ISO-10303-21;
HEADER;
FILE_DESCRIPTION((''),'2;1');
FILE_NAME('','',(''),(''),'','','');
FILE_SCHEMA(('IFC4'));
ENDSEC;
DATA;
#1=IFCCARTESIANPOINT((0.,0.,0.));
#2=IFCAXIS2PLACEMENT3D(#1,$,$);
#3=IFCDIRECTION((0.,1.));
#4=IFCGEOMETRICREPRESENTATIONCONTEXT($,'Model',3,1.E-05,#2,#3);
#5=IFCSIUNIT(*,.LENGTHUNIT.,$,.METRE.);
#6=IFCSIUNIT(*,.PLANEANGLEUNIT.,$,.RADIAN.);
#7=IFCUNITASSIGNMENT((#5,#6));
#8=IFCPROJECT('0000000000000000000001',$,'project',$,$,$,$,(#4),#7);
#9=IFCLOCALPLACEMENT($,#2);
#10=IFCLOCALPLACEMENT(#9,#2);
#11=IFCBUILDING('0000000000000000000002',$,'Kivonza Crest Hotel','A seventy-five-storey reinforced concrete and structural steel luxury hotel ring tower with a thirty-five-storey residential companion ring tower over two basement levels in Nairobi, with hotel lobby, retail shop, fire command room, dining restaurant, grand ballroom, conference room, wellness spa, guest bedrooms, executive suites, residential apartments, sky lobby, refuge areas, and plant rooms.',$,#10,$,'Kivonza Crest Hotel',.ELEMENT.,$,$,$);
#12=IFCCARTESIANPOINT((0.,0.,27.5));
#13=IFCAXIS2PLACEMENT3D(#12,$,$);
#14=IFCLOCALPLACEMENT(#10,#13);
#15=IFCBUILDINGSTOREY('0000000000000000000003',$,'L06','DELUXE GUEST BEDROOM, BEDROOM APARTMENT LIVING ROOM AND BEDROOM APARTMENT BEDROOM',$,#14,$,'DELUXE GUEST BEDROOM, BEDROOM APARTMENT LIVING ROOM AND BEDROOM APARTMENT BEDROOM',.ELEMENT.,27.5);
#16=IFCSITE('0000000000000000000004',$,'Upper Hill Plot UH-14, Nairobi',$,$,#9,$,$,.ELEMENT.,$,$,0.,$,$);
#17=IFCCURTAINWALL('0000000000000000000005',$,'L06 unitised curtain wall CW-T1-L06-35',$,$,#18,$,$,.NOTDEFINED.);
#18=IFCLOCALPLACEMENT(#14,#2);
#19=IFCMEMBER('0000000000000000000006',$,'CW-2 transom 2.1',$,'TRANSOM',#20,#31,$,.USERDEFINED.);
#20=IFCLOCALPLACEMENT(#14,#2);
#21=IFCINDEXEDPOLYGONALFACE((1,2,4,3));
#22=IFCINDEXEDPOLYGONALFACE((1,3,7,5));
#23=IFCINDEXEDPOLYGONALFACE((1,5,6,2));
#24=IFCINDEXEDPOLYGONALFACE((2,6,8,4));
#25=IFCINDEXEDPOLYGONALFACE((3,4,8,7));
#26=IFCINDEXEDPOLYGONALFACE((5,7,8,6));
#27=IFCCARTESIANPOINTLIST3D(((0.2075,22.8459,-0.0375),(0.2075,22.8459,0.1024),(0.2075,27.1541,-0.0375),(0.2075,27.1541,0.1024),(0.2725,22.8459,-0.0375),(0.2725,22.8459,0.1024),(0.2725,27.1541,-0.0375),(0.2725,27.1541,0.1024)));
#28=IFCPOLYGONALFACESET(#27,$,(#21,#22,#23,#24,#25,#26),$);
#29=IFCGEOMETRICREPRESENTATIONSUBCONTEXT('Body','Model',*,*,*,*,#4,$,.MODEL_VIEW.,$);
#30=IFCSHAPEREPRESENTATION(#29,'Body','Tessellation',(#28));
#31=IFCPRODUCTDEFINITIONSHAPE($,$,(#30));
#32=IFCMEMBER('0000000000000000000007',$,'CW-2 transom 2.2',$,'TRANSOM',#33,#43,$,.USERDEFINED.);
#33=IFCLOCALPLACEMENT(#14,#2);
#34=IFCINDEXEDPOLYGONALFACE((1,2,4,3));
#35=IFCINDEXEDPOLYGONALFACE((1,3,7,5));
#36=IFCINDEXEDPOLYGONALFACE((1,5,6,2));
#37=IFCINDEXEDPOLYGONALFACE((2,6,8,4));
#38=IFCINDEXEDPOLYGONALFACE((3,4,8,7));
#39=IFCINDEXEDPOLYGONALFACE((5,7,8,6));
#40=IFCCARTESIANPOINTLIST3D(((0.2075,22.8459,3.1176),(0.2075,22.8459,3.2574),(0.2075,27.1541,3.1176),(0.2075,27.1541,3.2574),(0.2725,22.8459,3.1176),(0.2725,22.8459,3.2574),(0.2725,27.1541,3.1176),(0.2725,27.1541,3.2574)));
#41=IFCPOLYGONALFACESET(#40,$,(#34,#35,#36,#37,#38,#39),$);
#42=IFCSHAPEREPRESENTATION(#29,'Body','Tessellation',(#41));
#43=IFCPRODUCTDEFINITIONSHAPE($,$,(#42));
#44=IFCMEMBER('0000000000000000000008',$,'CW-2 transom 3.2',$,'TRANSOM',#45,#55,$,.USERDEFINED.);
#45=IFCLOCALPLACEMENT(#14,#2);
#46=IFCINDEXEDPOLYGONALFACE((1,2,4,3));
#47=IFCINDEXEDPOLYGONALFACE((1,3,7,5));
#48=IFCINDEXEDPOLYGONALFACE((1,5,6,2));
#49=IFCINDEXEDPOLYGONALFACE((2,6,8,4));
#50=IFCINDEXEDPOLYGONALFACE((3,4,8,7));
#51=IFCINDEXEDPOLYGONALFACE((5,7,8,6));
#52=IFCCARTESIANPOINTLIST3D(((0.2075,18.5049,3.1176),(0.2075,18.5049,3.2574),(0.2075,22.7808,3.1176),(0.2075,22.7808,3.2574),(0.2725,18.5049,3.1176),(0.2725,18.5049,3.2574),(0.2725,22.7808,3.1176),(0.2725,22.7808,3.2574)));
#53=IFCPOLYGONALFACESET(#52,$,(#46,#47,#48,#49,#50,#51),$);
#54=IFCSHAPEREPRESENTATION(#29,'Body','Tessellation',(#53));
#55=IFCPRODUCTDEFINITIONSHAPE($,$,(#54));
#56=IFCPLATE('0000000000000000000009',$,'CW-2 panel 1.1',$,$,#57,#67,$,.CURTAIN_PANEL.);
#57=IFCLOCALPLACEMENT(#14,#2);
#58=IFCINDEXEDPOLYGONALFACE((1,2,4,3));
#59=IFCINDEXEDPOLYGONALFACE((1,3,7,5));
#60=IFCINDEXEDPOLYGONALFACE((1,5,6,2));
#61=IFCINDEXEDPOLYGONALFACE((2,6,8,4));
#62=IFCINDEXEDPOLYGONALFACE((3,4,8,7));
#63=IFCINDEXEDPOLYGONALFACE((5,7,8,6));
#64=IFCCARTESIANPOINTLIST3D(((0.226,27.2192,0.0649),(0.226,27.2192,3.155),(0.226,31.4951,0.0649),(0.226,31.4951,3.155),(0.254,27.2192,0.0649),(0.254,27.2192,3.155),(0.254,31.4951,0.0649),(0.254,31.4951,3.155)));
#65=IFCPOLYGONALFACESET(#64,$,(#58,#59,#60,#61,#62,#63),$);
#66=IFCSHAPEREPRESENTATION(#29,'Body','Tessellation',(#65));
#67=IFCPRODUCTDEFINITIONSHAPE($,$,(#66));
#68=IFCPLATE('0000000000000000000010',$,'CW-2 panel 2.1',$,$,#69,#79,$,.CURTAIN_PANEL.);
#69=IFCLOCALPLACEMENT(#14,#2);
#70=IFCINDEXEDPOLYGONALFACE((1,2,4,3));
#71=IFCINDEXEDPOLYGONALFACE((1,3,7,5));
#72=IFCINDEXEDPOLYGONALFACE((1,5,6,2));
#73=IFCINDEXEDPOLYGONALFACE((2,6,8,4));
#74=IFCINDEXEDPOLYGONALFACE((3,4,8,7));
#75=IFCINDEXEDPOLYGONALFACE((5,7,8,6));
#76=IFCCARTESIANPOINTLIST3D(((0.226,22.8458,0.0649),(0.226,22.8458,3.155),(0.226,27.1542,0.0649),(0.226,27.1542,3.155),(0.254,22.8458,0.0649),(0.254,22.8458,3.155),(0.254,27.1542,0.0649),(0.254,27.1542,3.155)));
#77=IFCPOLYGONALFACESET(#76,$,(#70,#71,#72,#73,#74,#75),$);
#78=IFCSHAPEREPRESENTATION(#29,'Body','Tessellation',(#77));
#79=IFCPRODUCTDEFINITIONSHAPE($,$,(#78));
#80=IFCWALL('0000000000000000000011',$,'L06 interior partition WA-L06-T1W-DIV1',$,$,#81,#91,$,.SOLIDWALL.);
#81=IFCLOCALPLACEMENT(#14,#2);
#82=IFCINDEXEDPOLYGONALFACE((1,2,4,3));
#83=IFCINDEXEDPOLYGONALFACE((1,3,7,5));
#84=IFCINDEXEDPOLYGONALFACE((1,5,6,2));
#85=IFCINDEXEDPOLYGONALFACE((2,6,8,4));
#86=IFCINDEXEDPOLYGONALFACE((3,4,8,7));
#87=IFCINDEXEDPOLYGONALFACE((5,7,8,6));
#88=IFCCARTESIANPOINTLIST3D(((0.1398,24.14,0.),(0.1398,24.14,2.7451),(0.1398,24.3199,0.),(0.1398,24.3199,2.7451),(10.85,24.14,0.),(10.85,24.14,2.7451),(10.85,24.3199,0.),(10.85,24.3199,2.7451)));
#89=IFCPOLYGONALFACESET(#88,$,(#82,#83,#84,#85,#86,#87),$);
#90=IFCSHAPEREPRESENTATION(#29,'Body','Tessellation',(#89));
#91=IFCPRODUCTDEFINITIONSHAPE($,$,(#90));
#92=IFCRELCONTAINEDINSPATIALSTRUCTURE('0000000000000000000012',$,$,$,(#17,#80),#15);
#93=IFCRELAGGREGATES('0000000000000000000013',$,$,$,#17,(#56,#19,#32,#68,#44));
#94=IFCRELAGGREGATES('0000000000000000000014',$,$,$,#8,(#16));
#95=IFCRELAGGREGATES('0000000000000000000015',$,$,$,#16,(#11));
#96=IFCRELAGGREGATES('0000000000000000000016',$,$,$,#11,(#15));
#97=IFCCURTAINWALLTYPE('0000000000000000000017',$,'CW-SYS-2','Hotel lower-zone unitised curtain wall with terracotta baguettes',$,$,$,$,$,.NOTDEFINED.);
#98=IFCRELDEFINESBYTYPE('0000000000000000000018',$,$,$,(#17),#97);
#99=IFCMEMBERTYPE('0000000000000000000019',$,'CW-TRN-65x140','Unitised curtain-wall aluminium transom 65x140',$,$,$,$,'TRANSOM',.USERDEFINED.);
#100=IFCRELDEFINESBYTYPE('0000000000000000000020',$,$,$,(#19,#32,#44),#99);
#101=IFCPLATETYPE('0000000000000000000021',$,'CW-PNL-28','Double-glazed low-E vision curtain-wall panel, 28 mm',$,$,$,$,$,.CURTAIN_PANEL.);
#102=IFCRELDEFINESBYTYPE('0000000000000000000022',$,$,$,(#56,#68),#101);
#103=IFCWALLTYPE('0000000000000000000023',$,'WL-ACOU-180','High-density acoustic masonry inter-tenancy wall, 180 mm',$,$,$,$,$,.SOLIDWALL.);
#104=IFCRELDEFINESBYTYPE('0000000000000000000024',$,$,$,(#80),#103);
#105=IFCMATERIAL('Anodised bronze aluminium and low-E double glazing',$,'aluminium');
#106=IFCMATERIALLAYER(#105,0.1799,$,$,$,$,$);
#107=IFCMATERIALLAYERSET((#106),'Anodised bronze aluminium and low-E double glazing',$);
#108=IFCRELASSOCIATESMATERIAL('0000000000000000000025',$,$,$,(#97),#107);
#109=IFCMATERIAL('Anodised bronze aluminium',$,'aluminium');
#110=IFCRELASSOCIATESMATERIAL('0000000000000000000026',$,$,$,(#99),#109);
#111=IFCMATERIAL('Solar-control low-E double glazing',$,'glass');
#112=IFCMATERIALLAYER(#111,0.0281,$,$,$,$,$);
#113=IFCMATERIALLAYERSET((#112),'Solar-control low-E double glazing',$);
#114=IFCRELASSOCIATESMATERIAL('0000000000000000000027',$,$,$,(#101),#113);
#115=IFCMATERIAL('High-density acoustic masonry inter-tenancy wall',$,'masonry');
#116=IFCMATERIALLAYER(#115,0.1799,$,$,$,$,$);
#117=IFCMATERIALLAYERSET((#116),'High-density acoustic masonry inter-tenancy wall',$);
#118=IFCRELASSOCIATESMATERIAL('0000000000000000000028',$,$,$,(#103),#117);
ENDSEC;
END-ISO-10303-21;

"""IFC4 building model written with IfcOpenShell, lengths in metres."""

from ifc_helpers import new_model, si_unit, direction, frame, frame_2d, origin, origin_2d, place, context, subcontext, project, spatial, rectangle, extrude, material, layer, layer_set, material_profile, profile_set, type_object, element, aggregate, save


model = new_model("IFC4")

# Units and contexts
model_context = context("Model", 3, precision=1e-05, world=origin(), true_north=direction((0.0, 1.0)))
body_context = subcontext(model_context, "Body", "Model", "MODEL_VIEW")
ifc_project = project(units=[si_unit("LENGTHUNIT", "METRE"), si_unit("PLANEANGLEUNIT", "RADIAN")], contexts=[model_context])

# Site, building, storey
site_placement = place(None, origin())
site = spatial("IfcSite", under=ifc_project, at=site_placement, Name="Upper Hill Plot UH-14, Nairobi", CompositionType="ELEMENT", RefElevation=0.0)
building_placement = place(site_placement, origin())
building = spatial("IfcBuilding", under=site, at=building_placement, Name="Kivonza Crest Hotel", Description="A seventy-five-storey reinforced concrete and structural steel luxury hotel ring tower with a thirty-five-storey residential companion ring tower over two basement levels in Nairobi, with hotel lobby, retail shop, fire command room, dining restaurant, grand ballroom, conference room, wellness spa, guest bedrooms, executive suites, residential apartments, sky lobby, refuge areas, and plant rooms.", LongName="Kivonza Crest Hotel", CompositionType="ELEMENT")
storey_placement = place(building_placement, frame((0.0, 0.0, 27.5)))
storey = spatial("IfcBuildingStorey", under=building, at=storey_placement, Name="L06", Description="DELUXE GUEST BEDROOM, BEDROOM APARTMENT LIVING ROOM AND BEDROOM APARTMENT BEDROOM", LongName="DELUXE GUEST BEDROOM, BEDROOM APARTMENT LIVING ROOM AND BEDROOM APARTMENT BEDROOM", CompositionType="ELEMENT", Elevation=27.5)

# Curtain wall, members, plates
ifc_material_1 = material(Name="Anodised bronze aluminium and low-E double glazing", Category="aluminium")
ifc_layer_1 = layer(ifc_material_1, 0.1799)
ifc_layer_set_1 = layer_set([ifc_layer_1], Name="Anodised bronze aluminium and low-E double glazing")
curtain_wall_type = type_object("IfcCurtainWallType", Name="CW-SYS-2", Description="Hotel lower-zone unitised curtain wall with terracotta baguettes", PredefinedType="NOTDEFINED", material=ifc_layer_set_1)
curtain_wall_placement = place(storey_placement, origin())
curtain_wall = element("IfcCurtainWall", 1, at=curtain_wall_placement, inside=storey, type_object=curtain_wall_type, Name="L06 unitised curtain wall CW-T1-L06-35", PredefinedType="NOTDEFINED")
ifc_material_2 = material(Name="Anodised bronze aluminium", Category="aluminium")
ifc_material_profile_1 = material_profile(ifc_material_2, rectangle(XDim=0.0649, YDim=0.1399, at=origin_2d()), Name="CW-T 65x140")
ifc_profile_set_1 = profile_set([ifc_material_profile_1], Name="Anodised bronze aluminium")
member_type_1 = type_object("IfcMemberType", Name="CW-TRN-65x140", Description="Unitised curtain-wall aluminium transom 65x140", ElementType="TRANSOM", PredefinedType="USERDEFINED", material=ifc_profile_set_1)
member_1_placement = place(storey_placement, frame((0.24, 27.1541, 0.0325), z_axis=(0.0, -1.0, 0.0), x_axis=(1.0, 0.0, 0.0)))
member_1 = element("IfcMember", 2, at=member_1_placement, type_object=member_type_1, Name="CW-2 transom 2.1", ObjectType="TRANSOM", PredefinedType="USERDEFINED", context=body_context, shape_type="SweptSolid", body=[
    extrude(rectangle(XDim=0.0649, YDim=0.1399, at=origin_2d()), origin(), (0.0, 0.0, 1.0), 4.3081),
])
member_2_placement = place(storey_placement, frame((0.24, 27.1541, 3.1875), z_axis=(0.0, -1.0, 0.0), x_axis=(1.0, 0.0, 0.0)))
member_2 = element("IfcMember", 3, at=member_2_placement, type_object=member_type_1, Name="CW-2 transom 2.2", ObjectType="TRANSOM", PredefinedType="USERDEFINED", context=body_context, shape_type="SweptSolid", body=[
    extrude(rectangle(XDim=0.0649, YDim=0.1399, at=origin_2d()), origin(), (0.0, 0.0, 1.0), 4.3081),
])
member_3_placement = place(storey_placement, frame((0.24, 22.7808, 3.1875), z_axis=(0.0, -1.0, 0.0), x_axis=(1.0, 0.0, 0.0)))
member_3 = element("IfcMember", 4, at=member_3_placement, type_object=member_type_1, Name="CW-2 transom 3.2", ObjectType="TRANSOM", PredefinedType="USERDEFINED", context=body_context, shape_type="SweptSolid", body=[
    extrude(rectangle(XDim=0.0649, YDim=0.1399, at=origin_2d()), origin(), (0.0, 0.0, 1.0), 4.2759),
])
ifc_material_3 = material(Name="Solar-control low-E double glazing", Category="glass")
ifc_layer_2 = layer(ifc_material_3, 0.0281)
ifc_layer_set_2 = layer_set([ifc_layer_2], Name="Solar-control low-E double glazing")
plate_type = type_object("IfcPlateType", Name="CW-PNL-28", Description="Double-glazed low-E vision curtain-wall panel, 28 mm", PredefinedType="CURTAIN_PANEL", material=ifc_layer_set_2)
plate_1_placement = place(storey_placement, frame((0.24, 29.3572, 0.0649), z_axis=(0.0, 0.0, 1.0), x_axis=(0.0, -1.0, 0.0)))
plate_1 = element("IfcPlate", 5, at=plate_1_placement, type_object=plate_type, Name="CW-2 panel 1.1", PredefinedType="CURTAIN_PANEL", context=body_context, shape_type="SweptSolid", body=[
    extrude(rectangle(XDim=4.2759, YDim=0.0281, at=origin_2d()), origin(), (0.0, 0.0, 1.0), 3.0901),
])
plate_2_placement = place(storey_placement, frame((0.24, 25.0, 0.0649), z_axis=(0.0, 0.0, 1.0), x_axis=(0.0, -1.0, 0.0)))
plate_2 = element("IfcPlate", 6, at=plate_2_placement, type_object=plate_type, Name="CW-2 panel 2.1", PredefinedType="CURTAIN_PANEL", context=body_context, shape_type="SweptSolid", body=[
    extrude(rectangle(XDim=4.3083, YDim=0.0281, at=origin_2d()), origin(), (0.0, 0.0, 1.0), 3.0901),
])
aggregate(curtain_wall, [plate_1, member_1, member_2, plate_2, member_3])

# Wall
ifc_material_4 = material(Name="High-density acoustic masonry inter-tenancy wall", Category="masonry")
ifc_layer_3 = layer(ifc_material_4, 0.1799)
ifc_layer_set_3 = layer_set([ifc_layer_3], Name="High-density acoustic masonry inter-tenancy wall")
wall_type = type_object("IfcWallType", Name="WL-ACOU-180", Description="High-density acoustic masonry inter-tenancy wall, 180 mm", PredefinedType="SOLIDWALL", material=ifc_layer_set_3)
wall_placement = place(storey_placement, frame((0.1399, 24.23, 0.0), z_axis=(0.0, 0.0, 1.0), x_axis=(1.0, 0.0, 0.0)))
element("IfcWall", 7, at=wall_placement, inside=storey, type_object=wall_type, Name="L06 interior partition WA-L06-T1W-DIV1", PredefinedType="SOLIDWALL", context=body_context, shape_type="SweptSolid", body=[
    extrude(rectangle(XDim=10.7102, YDim=0.1799, at=frame_2d((5.355, 0.0))), origin(), (0.0, 0.0, 1.0), 2.7451),
])

save(model, "model.ifc")
